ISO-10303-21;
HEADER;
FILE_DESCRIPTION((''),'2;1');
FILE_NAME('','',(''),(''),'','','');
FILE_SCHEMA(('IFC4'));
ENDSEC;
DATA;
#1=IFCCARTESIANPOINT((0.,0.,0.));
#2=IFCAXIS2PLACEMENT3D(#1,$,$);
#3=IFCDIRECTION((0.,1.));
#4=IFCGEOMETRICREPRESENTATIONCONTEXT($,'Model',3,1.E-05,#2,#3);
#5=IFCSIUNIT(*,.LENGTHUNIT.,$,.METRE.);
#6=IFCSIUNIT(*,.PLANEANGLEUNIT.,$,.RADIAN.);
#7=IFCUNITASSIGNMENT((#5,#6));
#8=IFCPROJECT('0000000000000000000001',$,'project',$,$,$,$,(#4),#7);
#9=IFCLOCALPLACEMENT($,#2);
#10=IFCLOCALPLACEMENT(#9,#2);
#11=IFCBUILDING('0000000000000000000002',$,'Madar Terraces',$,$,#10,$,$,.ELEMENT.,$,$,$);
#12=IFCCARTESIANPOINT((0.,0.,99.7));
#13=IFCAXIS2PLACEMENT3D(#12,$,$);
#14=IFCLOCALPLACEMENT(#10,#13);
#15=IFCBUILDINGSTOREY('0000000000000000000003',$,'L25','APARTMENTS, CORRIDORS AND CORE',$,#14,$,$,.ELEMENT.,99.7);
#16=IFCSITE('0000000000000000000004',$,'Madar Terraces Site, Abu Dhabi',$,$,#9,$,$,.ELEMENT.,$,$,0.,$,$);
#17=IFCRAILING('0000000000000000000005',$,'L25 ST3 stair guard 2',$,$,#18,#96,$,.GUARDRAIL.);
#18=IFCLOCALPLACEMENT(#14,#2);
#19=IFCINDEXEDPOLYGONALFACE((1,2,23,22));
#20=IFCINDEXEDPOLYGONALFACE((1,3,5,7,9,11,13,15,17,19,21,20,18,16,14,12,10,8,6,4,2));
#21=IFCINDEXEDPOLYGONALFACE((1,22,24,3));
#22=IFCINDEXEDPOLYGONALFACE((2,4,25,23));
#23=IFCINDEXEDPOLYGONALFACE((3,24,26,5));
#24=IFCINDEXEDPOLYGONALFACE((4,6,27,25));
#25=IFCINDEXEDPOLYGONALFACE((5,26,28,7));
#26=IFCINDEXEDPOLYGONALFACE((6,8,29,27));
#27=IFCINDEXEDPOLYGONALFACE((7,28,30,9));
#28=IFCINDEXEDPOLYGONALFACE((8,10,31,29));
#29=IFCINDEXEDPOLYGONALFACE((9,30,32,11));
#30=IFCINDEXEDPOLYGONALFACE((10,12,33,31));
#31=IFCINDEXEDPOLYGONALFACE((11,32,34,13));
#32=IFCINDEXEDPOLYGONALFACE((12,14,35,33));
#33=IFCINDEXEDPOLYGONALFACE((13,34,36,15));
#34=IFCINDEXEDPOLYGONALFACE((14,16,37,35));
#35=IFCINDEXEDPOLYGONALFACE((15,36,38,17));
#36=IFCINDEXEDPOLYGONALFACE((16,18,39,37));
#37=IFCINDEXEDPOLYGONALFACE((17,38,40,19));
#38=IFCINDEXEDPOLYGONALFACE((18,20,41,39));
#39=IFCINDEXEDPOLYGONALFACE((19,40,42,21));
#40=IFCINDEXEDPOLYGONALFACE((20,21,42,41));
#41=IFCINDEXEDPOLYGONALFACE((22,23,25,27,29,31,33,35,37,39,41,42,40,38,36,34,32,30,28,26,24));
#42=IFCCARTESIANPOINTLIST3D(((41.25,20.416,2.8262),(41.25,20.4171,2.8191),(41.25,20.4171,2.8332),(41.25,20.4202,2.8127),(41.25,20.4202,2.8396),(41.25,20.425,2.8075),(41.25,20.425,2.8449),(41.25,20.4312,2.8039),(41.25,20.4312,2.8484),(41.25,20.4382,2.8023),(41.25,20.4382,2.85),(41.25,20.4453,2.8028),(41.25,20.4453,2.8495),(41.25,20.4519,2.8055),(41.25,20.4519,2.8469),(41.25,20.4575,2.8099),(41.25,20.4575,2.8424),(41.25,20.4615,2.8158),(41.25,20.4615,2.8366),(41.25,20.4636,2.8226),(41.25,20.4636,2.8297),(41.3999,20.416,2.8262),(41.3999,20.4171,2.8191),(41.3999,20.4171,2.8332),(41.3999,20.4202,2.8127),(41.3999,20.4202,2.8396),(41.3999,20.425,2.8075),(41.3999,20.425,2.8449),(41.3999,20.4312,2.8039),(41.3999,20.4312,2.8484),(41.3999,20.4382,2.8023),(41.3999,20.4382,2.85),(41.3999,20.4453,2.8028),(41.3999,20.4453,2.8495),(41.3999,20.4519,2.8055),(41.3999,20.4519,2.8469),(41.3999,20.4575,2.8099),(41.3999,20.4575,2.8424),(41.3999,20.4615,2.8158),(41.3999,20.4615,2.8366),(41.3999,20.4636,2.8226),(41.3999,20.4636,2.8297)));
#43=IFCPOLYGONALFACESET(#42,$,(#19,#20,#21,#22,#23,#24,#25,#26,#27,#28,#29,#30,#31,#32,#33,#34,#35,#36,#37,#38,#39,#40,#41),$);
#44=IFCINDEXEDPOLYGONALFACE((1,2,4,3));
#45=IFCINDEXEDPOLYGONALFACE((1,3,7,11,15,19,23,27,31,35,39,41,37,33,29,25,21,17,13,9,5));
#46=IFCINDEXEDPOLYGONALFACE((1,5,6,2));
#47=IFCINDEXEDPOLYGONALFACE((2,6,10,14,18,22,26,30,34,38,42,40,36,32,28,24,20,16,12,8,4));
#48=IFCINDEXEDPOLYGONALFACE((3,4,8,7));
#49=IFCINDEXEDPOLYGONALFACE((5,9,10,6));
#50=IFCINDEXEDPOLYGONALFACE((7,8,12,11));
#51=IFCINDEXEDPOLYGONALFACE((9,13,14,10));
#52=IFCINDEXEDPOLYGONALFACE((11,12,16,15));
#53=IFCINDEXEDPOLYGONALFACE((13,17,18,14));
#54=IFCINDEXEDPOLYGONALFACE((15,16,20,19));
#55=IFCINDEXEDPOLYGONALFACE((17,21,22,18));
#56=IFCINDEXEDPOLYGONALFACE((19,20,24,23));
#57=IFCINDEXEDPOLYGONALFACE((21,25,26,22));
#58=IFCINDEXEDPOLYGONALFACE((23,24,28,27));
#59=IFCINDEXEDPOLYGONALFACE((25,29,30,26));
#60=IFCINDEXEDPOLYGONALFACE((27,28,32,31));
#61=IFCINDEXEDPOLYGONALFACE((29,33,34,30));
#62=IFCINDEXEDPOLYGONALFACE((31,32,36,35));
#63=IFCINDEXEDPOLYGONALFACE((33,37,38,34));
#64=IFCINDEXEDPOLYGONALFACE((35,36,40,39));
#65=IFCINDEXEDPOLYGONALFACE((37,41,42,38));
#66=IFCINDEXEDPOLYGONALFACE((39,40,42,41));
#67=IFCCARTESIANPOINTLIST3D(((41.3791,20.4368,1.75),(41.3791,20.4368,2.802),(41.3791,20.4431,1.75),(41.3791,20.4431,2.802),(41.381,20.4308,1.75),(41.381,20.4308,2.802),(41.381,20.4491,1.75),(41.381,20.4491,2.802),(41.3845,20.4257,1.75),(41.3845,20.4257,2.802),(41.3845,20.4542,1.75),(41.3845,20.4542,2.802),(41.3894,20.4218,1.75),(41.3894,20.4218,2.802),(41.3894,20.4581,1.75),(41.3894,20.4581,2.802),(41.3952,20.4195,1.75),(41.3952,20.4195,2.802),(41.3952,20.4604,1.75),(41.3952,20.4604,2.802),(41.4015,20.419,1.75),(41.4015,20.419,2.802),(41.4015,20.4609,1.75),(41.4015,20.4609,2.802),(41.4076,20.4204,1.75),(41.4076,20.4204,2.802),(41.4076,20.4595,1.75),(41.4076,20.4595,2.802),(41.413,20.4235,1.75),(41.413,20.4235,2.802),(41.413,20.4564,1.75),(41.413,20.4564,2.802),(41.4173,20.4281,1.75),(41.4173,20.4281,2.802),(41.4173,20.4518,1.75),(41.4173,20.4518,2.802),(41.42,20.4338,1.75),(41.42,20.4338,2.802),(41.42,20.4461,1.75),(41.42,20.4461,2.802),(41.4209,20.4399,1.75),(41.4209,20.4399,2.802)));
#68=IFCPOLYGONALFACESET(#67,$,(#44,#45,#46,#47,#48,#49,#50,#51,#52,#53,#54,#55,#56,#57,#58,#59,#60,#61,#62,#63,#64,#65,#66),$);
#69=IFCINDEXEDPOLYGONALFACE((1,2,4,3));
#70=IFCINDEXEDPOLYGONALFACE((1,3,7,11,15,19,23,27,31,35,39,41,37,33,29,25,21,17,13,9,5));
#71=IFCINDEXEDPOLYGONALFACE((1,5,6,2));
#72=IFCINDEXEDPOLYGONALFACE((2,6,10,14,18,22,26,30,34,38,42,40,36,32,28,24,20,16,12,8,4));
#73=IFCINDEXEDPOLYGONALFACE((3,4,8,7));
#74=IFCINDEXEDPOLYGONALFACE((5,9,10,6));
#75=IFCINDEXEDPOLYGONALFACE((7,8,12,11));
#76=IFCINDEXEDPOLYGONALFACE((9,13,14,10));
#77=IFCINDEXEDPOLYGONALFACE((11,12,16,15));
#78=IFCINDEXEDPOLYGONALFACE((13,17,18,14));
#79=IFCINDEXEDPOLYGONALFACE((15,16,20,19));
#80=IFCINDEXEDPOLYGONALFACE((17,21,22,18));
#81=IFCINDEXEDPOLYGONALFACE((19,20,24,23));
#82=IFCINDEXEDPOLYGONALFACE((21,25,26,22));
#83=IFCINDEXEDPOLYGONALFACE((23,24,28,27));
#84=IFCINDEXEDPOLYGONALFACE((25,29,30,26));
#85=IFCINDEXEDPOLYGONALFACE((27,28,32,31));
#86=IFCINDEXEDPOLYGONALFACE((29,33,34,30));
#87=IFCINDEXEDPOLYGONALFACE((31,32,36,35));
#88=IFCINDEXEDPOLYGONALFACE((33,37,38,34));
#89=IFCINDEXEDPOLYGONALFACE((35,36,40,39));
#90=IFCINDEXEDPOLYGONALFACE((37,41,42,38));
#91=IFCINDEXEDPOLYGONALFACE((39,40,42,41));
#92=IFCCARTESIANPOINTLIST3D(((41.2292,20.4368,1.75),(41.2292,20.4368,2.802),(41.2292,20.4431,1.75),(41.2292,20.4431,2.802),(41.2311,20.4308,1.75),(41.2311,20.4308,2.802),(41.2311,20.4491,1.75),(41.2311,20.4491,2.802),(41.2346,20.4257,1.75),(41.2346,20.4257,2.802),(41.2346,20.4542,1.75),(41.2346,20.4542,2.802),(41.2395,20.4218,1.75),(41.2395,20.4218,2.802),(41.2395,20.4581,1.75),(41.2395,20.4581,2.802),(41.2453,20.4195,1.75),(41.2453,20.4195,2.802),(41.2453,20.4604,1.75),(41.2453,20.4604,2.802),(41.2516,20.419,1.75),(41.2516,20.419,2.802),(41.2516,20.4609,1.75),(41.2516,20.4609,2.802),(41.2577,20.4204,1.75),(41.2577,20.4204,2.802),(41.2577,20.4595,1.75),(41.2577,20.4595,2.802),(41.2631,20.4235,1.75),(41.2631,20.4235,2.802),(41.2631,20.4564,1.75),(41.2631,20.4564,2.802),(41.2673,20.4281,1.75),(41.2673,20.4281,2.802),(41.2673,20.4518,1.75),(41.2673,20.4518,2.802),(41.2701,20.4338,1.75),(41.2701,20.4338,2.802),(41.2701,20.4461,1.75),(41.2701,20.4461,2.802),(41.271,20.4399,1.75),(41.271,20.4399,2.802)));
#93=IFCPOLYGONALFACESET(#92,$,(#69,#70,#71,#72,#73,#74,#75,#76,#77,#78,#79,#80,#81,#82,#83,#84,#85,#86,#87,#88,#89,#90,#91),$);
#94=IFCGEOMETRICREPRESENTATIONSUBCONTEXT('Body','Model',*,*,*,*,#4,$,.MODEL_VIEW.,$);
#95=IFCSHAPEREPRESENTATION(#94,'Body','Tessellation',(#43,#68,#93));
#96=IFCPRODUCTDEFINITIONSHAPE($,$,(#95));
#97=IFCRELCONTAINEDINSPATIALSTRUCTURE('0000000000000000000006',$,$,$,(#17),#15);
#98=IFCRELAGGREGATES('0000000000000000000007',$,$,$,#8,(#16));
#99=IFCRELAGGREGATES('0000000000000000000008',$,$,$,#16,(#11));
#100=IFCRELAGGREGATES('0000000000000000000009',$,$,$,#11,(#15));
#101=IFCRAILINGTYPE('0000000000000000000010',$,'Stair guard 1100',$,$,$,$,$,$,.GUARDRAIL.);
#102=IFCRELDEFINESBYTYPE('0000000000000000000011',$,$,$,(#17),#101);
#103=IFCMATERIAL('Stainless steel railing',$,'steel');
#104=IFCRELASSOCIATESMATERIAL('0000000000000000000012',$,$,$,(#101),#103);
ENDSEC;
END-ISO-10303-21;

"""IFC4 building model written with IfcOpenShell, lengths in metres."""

from ifc_helpers import new_model, si_unit, direction, frame, origin, origin_2d, place, context, subcontext, project, spatial, circle, extrude, material, type_object, element, save


model = new_model("IFC4")

# Units and contexts
model_context = context("Model", 3, precision=1e-05, world=origin(), true_north=direction((0.0, 1.0)))
body_context = subcontext(model_context, "Body", "Model", "MODEL_VIEW")
ifc_project = project(units=[si_unit("LENGTHUNIT", "METRE"), si_unit("PLANEANGLEUNIT", "RADIAN")], contexts=[model_context])

# Site, building, storey
site_placement = place(None, origin())
site = spatial("IfcSite", under=ifc_project, at=site_placement, Name="Madar Terraces Site, Abu Dhabi", CompositionType="ELEMENT", RefElevation=0.0)
building_placement = place(site_placement, origin())
building = spatial("IfcBuilding", under=site, at=building_placement, Name="Madar Terraces", CompositionType="ELEMENT")
storey_placement = place(building_placement, frame((0.0, 0.0, 99.7)))
storey = spatial("IfcBuildingStorey", under=building, at=storey_placement, Name="L25", Description="APARTMENTS, CORRIDORS AND CORE", CompositionType="ELEMENT", Elevation=99.7)

# Railing
ifc_material_1 = material(Name="Stainless steel railing", Category="steel")
railing_type_1 = type_object("IfcRailingType", Name="Stair guard 1100", PredefinedType="GUARDRAIL", material=ifc_material_1)
railing_1_placement = place(storey_placement, frame((41.3999, 20.4399, 1.75)))
element("IfcRailing", 1, at=railing_1_placement, inside=storey, type_object=railing_type_1, Name="L25 ST3 stair guard 2", PredefinedType="GUARDRAIL", context=body_context, shape_type="SweptSolid", body=[
    extrude(circle(Radius=0.0239, at=origin_2d()), frame((0.0, 0.0, 1.0762), z_axis=(-1.0, 0.0, 0.0), x_axis=(0.0, -1.0, 0.0)), (0.0, 0.0, 1.0), 0.1499),
    extrude(circle(Radius=0.021, at=origin_2d()), origin(), (0.0, 0.0, 1.0), 1.052),
    extrude(circle(Radius=0.021, at=origin_2d()), frame((-0.1499, 0.0, 0.0)), (0.0, 0.0, 1.0), 1.052),
])

save(model, "model.ifc")
